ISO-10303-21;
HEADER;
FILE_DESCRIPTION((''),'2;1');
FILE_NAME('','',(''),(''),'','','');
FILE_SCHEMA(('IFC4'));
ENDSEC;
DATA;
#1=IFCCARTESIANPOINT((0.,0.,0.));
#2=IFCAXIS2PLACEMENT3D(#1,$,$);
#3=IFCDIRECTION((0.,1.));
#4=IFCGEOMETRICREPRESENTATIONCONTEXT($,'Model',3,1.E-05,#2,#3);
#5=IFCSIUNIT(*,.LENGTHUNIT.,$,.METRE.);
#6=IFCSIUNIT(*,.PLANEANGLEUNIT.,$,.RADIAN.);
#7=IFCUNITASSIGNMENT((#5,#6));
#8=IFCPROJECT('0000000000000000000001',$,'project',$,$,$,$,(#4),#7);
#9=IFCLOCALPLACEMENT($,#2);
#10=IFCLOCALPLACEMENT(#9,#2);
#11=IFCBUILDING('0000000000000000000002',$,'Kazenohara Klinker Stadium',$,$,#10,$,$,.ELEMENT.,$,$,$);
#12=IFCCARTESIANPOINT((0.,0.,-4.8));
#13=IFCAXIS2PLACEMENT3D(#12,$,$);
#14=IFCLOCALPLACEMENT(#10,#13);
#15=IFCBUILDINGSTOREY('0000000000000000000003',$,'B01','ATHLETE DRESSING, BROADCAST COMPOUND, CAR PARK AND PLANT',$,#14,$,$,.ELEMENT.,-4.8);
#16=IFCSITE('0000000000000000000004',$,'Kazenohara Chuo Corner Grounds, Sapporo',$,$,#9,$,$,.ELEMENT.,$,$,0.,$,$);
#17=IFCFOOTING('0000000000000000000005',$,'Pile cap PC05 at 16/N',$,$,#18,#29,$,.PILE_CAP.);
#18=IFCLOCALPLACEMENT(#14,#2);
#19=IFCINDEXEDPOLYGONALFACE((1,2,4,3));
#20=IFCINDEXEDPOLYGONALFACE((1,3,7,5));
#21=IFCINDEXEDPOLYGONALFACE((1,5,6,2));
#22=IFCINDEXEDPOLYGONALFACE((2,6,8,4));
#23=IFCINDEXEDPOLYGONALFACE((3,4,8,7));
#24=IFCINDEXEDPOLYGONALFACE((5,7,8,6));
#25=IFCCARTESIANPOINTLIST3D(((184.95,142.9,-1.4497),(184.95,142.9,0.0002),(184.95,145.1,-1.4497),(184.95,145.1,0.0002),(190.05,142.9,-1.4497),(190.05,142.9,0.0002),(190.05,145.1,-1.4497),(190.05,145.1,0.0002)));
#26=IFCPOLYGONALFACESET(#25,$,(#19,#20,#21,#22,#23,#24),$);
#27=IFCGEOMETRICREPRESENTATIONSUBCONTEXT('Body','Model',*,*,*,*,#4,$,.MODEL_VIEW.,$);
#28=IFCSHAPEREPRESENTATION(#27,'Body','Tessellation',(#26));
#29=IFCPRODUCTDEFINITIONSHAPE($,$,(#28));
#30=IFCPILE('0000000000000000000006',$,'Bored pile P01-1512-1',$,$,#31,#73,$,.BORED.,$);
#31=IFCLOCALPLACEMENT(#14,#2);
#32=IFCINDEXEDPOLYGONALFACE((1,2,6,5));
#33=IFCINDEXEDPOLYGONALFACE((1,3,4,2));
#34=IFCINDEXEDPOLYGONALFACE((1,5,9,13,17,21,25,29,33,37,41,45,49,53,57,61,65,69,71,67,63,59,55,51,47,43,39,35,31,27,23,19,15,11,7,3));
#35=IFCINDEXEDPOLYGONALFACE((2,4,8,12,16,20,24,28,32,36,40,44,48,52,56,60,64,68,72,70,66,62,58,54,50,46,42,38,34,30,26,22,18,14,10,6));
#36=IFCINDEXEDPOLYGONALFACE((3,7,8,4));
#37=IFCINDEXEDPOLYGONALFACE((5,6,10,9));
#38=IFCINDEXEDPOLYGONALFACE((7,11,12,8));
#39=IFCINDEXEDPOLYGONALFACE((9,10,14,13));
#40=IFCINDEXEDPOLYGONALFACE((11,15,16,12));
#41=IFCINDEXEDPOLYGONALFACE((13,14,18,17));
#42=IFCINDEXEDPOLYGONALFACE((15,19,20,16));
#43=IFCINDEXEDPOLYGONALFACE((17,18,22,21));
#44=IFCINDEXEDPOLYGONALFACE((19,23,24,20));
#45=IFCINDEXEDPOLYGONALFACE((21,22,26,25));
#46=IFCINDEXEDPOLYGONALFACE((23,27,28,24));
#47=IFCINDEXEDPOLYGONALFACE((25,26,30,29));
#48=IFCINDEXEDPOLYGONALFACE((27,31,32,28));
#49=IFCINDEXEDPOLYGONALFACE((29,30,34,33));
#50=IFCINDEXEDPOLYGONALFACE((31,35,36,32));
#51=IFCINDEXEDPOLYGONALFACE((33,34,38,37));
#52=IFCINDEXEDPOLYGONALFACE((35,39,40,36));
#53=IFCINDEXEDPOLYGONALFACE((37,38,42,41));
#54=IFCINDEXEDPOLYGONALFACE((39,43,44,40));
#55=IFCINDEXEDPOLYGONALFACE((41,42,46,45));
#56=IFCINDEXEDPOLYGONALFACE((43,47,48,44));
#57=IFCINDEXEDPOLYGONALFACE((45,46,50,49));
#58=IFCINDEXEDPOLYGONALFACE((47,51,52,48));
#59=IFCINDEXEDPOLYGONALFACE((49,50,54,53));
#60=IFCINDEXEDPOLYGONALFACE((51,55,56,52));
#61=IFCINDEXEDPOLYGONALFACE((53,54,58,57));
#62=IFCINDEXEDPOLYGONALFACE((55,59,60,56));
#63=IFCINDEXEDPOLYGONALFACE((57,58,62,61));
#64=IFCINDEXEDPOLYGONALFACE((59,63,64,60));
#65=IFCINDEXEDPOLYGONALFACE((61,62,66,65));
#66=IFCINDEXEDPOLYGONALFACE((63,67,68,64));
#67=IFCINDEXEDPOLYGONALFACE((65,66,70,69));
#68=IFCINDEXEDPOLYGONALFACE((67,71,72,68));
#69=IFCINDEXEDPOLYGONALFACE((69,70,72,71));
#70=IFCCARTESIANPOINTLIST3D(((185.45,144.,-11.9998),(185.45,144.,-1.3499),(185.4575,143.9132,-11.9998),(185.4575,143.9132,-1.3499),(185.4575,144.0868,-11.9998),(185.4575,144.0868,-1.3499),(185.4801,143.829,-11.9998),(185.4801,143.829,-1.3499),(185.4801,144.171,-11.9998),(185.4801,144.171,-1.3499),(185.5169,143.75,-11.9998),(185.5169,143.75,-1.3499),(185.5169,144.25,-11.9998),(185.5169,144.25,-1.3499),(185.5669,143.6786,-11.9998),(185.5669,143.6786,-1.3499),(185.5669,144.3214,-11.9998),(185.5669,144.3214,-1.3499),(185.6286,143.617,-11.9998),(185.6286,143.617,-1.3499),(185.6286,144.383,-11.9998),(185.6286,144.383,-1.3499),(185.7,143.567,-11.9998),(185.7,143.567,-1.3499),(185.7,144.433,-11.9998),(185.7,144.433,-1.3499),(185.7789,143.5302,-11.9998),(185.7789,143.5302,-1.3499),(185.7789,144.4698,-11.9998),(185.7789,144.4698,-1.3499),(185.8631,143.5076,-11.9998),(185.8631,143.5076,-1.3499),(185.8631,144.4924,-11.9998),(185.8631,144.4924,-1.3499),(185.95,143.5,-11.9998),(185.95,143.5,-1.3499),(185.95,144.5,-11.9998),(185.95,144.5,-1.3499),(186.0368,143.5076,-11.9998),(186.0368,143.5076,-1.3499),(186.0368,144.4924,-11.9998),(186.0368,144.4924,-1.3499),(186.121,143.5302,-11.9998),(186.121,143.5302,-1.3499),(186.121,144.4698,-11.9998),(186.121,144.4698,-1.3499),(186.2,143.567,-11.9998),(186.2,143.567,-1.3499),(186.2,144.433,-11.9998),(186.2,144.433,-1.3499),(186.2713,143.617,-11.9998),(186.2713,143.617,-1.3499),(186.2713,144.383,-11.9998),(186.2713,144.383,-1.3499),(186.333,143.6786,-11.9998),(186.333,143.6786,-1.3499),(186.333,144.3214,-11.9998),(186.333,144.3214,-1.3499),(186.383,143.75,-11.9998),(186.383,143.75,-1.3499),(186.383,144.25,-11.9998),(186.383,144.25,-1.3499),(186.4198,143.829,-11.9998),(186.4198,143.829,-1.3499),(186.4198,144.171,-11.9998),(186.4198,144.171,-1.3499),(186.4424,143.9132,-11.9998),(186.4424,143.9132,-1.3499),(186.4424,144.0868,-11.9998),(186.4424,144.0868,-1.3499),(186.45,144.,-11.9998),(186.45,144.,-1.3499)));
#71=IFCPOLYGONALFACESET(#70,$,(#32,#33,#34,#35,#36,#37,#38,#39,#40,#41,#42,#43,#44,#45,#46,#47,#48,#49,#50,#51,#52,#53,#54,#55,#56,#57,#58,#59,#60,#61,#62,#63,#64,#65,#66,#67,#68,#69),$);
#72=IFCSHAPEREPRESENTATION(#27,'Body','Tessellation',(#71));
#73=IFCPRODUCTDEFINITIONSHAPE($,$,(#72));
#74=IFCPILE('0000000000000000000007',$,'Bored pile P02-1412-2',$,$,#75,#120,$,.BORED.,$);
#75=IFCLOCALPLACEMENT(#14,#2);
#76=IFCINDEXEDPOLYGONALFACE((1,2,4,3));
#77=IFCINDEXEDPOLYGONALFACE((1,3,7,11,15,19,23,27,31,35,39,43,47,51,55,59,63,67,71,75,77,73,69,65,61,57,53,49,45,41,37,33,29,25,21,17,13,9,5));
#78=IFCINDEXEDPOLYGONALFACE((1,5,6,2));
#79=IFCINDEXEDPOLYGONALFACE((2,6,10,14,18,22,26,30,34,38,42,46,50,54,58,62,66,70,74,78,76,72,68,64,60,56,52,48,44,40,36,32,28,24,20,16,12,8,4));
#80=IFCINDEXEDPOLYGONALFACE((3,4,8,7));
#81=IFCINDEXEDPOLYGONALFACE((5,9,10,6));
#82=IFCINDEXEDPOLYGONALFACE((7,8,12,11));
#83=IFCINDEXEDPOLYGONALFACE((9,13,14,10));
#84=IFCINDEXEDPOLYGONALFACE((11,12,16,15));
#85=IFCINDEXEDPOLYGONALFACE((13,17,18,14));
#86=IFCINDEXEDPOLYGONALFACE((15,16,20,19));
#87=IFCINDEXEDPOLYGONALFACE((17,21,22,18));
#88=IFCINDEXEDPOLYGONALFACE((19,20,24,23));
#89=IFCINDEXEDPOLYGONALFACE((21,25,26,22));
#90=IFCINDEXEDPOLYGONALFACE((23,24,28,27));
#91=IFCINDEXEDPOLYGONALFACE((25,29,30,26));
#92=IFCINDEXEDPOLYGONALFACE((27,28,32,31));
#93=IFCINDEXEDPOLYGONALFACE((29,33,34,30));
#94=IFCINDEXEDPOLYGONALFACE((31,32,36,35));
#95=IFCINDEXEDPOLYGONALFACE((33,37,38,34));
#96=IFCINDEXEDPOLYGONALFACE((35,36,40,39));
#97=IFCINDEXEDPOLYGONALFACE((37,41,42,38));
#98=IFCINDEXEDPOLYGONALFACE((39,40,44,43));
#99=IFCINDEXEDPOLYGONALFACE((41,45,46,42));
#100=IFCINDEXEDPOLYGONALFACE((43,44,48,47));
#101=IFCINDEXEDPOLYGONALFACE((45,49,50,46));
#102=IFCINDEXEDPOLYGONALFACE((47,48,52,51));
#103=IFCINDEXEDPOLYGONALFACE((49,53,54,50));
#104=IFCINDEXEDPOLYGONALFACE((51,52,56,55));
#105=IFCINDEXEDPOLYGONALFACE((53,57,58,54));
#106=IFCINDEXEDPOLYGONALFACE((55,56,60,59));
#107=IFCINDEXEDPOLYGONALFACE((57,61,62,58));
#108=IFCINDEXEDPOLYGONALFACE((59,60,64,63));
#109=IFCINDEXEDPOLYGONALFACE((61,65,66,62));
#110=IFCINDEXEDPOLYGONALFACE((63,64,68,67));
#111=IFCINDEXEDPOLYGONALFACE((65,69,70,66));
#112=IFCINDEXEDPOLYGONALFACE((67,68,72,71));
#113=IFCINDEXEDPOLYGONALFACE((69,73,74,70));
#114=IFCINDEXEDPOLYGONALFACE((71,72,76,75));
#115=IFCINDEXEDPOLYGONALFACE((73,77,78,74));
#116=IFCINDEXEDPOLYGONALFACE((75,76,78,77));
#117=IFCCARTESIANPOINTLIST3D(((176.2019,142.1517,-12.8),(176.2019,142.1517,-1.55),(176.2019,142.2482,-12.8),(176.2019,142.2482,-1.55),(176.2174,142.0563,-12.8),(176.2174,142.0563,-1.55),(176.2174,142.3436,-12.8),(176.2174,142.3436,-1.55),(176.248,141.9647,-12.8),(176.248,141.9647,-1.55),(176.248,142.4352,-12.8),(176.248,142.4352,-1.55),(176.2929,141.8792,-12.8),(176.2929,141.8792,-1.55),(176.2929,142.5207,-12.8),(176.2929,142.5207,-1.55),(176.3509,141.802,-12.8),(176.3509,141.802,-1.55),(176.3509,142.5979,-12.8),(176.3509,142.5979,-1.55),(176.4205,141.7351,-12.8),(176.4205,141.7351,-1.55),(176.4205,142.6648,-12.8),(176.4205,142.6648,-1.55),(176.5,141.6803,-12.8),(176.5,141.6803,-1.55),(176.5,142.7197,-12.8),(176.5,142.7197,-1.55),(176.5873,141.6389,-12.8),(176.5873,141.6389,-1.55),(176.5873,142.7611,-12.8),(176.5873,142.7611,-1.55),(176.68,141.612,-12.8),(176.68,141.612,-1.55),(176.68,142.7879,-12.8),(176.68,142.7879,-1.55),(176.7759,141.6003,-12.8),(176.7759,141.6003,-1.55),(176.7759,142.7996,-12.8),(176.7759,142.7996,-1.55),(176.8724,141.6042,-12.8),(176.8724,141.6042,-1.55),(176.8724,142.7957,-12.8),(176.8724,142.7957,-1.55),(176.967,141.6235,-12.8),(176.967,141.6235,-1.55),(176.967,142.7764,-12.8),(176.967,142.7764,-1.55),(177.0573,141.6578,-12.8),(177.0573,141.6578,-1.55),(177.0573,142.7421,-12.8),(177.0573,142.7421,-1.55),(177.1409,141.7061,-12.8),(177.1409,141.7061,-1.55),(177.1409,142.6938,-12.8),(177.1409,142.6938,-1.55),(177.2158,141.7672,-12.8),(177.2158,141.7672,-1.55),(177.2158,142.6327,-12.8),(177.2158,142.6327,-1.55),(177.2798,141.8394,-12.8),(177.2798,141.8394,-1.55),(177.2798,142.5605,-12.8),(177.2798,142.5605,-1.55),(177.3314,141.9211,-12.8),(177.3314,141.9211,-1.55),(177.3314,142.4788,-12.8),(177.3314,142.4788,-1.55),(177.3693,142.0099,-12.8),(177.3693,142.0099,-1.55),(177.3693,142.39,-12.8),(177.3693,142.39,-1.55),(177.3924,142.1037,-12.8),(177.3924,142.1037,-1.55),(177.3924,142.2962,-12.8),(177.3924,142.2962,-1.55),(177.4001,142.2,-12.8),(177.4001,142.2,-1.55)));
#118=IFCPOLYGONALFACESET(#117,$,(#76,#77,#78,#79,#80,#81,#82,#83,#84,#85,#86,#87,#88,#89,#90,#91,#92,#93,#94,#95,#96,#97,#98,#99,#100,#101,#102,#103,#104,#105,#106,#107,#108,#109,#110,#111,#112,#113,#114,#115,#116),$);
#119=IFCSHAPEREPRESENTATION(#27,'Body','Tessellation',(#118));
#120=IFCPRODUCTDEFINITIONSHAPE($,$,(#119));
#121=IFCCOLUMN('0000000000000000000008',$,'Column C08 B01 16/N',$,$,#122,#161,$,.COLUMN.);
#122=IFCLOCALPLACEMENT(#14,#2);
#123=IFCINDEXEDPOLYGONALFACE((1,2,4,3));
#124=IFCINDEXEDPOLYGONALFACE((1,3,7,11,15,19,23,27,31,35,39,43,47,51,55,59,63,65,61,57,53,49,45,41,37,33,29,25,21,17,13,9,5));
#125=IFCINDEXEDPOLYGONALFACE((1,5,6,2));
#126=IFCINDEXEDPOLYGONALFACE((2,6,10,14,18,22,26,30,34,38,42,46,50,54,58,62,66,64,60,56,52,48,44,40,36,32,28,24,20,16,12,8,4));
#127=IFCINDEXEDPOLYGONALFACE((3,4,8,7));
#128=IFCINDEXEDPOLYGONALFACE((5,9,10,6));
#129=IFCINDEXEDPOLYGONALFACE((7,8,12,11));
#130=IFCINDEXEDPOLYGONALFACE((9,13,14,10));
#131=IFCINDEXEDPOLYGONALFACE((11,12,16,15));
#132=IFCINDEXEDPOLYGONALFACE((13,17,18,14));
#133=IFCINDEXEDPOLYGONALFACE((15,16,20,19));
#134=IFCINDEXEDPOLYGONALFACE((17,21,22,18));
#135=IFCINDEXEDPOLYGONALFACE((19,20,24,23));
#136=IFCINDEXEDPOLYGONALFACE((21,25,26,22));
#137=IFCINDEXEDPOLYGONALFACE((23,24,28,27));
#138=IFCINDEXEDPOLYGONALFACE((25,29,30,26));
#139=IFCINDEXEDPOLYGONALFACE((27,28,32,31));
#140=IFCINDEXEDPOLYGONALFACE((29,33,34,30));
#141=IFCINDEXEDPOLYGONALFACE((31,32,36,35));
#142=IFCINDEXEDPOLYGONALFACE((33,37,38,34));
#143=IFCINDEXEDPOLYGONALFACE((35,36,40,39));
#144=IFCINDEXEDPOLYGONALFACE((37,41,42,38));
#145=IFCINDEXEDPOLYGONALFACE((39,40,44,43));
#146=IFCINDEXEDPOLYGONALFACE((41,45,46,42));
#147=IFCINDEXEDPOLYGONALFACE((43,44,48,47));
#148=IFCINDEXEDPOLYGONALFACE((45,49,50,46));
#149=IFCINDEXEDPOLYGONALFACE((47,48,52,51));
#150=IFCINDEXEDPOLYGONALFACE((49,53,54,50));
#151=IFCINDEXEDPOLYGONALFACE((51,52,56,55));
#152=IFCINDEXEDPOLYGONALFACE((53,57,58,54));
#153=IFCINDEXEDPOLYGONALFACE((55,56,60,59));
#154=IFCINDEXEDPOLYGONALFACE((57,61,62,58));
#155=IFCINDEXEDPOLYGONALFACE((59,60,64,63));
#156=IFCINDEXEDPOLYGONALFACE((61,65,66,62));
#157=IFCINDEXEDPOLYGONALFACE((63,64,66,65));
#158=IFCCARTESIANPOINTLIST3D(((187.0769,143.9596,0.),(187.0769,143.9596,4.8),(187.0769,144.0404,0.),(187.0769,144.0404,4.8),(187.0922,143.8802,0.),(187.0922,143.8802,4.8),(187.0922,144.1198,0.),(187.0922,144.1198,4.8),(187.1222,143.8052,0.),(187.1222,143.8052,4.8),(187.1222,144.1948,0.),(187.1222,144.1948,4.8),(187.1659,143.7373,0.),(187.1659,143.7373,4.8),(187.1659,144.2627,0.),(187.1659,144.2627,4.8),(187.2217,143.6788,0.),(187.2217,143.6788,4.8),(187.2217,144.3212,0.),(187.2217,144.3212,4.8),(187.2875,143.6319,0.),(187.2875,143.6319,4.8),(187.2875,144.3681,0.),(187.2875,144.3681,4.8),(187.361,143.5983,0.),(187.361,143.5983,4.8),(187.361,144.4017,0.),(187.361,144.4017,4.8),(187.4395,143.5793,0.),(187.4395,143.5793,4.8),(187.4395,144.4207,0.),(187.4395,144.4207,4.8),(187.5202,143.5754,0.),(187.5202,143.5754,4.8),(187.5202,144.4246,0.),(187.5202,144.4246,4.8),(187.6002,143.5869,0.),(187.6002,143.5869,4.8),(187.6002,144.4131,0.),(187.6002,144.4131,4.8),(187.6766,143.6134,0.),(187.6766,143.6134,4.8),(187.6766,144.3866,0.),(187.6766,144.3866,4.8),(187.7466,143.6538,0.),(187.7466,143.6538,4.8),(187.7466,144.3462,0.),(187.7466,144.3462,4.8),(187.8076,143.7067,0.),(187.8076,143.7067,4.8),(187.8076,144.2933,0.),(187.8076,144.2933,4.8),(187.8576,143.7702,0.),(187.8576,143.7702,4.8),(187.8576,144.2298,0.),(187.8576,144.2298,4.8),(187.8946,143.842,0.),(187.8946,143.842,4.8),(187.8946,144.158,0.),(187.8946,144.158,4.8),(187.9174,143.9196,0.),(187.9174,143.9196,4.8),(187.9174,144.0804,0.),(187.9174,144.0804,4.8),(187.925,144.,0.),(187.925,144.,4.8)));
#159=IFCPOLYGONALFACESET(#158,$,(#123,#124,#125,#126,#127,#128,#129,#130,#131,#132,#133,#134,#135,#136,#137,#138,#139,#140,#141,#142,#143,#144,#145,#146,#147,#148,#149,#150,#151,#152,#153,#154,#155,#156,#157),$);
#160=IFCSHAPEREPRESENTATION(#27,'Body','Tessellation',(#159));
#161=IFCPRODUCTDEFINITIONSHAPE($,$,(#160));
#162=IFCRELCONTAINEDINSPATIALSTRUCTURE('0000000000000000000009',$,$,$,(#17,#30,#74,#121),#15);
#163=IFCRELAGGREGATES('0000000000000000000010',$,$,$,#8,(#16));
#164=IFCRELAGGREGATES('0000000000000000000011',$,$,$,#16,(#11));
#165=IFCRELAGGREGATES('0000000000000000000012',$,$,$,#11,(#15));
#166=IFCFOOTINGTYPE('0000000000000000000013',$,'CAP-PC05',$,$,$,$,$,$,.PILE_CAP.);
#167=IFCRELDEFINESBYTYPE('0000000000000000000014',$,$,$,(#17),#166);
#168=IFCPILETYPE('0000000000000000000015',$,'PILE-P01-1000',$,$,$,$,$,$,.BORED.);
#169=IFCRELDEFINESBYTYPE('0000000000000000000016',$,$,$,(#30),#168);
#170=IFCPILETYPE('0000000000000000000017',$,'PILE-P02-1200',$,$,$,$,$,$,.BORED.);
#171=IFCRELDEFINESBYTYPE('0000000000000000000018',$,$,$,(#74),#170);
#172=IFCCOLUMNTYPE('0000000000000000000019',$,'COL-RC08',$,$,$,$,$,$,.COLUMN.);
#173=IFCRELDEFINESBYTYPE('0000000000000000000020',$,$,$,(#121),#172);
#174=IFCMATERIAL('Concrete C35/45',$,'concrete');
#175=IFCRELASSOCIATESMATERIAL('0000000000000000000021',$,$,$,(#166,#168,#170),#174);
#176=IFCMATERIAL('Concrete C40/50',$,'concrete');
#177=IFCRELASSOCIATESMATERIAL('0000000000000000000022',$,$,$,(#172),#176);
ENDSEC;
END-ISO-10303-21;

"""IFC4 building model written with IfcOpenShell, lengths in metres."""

from ifc_helpers import new_model, si_unit, direction, frame, origin, origin_2d, place, context, subcontext, project, spatial, rectangle, circle, extrude, material, material_profile, profile_set, type_object, element, save


model = new_model("IFC4")

# Units and contexts
model_context = context("Model", 3, precision=1e-05, world=origin(), true_north=direction((0.0, 1.0)))
body_context = subcontext(model_context, "Body", "Model", "MODEL_VIEW")
ifc_project = project(units=[si_unit("LENGTHUNIT", "METRE"), si_unit("PLANEANGLEUNIT", "RADIAN")], contexts=[model_context])

# Site, building, storey
site_placement = place(None, origin())
site = spatial("IfcSite", under=ifc_project, at=site_placement, Name="Kazenohara Chuo Corner Grounds, Sapporo", CompositionType="ELEMENT", RefElevation=0.0)
building_placement = place(site_placement, origin())
building = spatial("IfcBuilding", under=site, at=building_placement, Name="Kazenohara Klinker Stadium", CompositionType="ELEMENT")
storey_placement = place(building_placement, frame((0.0, 0.0, -4.8)))
storey = spatial("IfcBuildingStorey", under=building, at=storey_placement, Name="B01", Description="ATHLETE DRESSING, BROADCAST COMPOUND, CAR PARK AND PLANT", CompositionType="ELEMENT", Elevation=-4.8)

# Footing
ifc_material_1 = material(Name="Concrete C35/45", Category="concrete")
footing_type = type_object("IfcFootingType", Name="CAP-PC05", PredefinedType="PILE_CAP", material=ifc_material_1)
footing_placement = place(storey_placement, frame((187.5, 144.0, -1.4497), z_axis=(0.0, 0.0, 1.0), x_axis=(1.0, 0.0, 0.0)))
element("IfcFooting", 1, at=footing_placement, inside=storey, type_object=footing_type, Name="Pile cap PC05 at 16/N", PredefinedType="PILE_CAP", context=body_context, shape_type="SweptSolid", body=[
    extrude(rectangle(XDim=5.1001, YDim=2.2, at=origin_2d()), origin(), (0.0, 0.0, 1.0), 1.45),
])

# Piles
ifc_material_profile_1 = material_profile(ifc_material_1, circle(Radius=0.5, at=origin_2d()), Name="BORED-PILE-1000")
ifc_profile_set_1 = profile_set([ifc_material_profile_1], Name="Concrete C35/45")
pile_type_1 = type_object("IfcPileType", Name="PILE-P01-1000", PredefinedType="BORED", material=ifc_profile_set_1)
pile_1_placement = place(storey_placement, frame((185.95, 144.0, -1.3499), z_axis=(0.0, 0.0, -1.0), x_axis=(1.0, 0.0, 0.0)))
element("IfcPile", 2, at=pile_1_placement, inside=storey, type_object=pile_type_1, Name="Bored pile P01-1512-1", PredefinedType="BORED", context=body_context, shape_type="SweptSolid", body=[
    extrude(circle(Radius=0.5, at=origin_2d()), origin(), (0.0, 0.0, 1.0), 10.6499),
])
ifc_material_profile_2 = material_profile(ifc_material_1, circle(Radius=0.6001, at=origin_2d()), Name="BORED-PILE-1200")
ifc_profile_set_2 = profile_set([ifc_material_profile_2], Name="Concrete C35/45")
pile_type_2 = type_object("IfcPileType", Name="PILE-P02-1200", PredefinedType="BORED", material=ifc_profile_set_2)
pile_2_placement = place(storey_placement, frame((176.8, 142.2, -1.55), z_axis=(0.0, 0.0, -1.0), x_axis=(1.0, 0.0, 0.0)))
element("IfcPile", 3, at=pile_2_placement, inside=storey, type_object=pile_type_2, Name="Bored pile P02-1412-2", PredefinedType="BORED", context=body_context, shape_type="SweptSolid", body=[
    extrude(circle(Radius=0.6001, at=origin_2d()), origin(), (0.0, 0.0, 1.0), 11.25),
])

# Column
ifc_material_2 = material(Name="Concrete C40/50", Category="concrete")
ifc_material_profile_3 = material_profile(ifc_material_2, circle(Radius=0.425, at=origin_2d()), Name="RC-COL-D850")
ifc_profile_set_3 = profile_set([ifc_material_profile_3], Name="Concrete C40/50")
column_type = type_object("IfcColumnType", Name="COL-RC08", PredefinedType="COLUMN", material=ifc_profile_set_3)
column_placement = place(storey_placement, frame((187.5, 144.0, 0.0), z_axis=(0.0, 0.0, 1.0), x_axis=(1.0, 0.0, 0.0)))
element("IfcColumn", 4, at=column_placement, inside=storey, type_object=column_type, Name="Column C08 B01 16/N", PredefinedType="COLUMN", context=body_context, shape_type="SweptSolid", body=[
    extrude(circle(Radius=0.425, at=origin_2d()), origin(), (0.0, 0.0, 1.0), 4.8),
])

save(model, "model.ifc")
